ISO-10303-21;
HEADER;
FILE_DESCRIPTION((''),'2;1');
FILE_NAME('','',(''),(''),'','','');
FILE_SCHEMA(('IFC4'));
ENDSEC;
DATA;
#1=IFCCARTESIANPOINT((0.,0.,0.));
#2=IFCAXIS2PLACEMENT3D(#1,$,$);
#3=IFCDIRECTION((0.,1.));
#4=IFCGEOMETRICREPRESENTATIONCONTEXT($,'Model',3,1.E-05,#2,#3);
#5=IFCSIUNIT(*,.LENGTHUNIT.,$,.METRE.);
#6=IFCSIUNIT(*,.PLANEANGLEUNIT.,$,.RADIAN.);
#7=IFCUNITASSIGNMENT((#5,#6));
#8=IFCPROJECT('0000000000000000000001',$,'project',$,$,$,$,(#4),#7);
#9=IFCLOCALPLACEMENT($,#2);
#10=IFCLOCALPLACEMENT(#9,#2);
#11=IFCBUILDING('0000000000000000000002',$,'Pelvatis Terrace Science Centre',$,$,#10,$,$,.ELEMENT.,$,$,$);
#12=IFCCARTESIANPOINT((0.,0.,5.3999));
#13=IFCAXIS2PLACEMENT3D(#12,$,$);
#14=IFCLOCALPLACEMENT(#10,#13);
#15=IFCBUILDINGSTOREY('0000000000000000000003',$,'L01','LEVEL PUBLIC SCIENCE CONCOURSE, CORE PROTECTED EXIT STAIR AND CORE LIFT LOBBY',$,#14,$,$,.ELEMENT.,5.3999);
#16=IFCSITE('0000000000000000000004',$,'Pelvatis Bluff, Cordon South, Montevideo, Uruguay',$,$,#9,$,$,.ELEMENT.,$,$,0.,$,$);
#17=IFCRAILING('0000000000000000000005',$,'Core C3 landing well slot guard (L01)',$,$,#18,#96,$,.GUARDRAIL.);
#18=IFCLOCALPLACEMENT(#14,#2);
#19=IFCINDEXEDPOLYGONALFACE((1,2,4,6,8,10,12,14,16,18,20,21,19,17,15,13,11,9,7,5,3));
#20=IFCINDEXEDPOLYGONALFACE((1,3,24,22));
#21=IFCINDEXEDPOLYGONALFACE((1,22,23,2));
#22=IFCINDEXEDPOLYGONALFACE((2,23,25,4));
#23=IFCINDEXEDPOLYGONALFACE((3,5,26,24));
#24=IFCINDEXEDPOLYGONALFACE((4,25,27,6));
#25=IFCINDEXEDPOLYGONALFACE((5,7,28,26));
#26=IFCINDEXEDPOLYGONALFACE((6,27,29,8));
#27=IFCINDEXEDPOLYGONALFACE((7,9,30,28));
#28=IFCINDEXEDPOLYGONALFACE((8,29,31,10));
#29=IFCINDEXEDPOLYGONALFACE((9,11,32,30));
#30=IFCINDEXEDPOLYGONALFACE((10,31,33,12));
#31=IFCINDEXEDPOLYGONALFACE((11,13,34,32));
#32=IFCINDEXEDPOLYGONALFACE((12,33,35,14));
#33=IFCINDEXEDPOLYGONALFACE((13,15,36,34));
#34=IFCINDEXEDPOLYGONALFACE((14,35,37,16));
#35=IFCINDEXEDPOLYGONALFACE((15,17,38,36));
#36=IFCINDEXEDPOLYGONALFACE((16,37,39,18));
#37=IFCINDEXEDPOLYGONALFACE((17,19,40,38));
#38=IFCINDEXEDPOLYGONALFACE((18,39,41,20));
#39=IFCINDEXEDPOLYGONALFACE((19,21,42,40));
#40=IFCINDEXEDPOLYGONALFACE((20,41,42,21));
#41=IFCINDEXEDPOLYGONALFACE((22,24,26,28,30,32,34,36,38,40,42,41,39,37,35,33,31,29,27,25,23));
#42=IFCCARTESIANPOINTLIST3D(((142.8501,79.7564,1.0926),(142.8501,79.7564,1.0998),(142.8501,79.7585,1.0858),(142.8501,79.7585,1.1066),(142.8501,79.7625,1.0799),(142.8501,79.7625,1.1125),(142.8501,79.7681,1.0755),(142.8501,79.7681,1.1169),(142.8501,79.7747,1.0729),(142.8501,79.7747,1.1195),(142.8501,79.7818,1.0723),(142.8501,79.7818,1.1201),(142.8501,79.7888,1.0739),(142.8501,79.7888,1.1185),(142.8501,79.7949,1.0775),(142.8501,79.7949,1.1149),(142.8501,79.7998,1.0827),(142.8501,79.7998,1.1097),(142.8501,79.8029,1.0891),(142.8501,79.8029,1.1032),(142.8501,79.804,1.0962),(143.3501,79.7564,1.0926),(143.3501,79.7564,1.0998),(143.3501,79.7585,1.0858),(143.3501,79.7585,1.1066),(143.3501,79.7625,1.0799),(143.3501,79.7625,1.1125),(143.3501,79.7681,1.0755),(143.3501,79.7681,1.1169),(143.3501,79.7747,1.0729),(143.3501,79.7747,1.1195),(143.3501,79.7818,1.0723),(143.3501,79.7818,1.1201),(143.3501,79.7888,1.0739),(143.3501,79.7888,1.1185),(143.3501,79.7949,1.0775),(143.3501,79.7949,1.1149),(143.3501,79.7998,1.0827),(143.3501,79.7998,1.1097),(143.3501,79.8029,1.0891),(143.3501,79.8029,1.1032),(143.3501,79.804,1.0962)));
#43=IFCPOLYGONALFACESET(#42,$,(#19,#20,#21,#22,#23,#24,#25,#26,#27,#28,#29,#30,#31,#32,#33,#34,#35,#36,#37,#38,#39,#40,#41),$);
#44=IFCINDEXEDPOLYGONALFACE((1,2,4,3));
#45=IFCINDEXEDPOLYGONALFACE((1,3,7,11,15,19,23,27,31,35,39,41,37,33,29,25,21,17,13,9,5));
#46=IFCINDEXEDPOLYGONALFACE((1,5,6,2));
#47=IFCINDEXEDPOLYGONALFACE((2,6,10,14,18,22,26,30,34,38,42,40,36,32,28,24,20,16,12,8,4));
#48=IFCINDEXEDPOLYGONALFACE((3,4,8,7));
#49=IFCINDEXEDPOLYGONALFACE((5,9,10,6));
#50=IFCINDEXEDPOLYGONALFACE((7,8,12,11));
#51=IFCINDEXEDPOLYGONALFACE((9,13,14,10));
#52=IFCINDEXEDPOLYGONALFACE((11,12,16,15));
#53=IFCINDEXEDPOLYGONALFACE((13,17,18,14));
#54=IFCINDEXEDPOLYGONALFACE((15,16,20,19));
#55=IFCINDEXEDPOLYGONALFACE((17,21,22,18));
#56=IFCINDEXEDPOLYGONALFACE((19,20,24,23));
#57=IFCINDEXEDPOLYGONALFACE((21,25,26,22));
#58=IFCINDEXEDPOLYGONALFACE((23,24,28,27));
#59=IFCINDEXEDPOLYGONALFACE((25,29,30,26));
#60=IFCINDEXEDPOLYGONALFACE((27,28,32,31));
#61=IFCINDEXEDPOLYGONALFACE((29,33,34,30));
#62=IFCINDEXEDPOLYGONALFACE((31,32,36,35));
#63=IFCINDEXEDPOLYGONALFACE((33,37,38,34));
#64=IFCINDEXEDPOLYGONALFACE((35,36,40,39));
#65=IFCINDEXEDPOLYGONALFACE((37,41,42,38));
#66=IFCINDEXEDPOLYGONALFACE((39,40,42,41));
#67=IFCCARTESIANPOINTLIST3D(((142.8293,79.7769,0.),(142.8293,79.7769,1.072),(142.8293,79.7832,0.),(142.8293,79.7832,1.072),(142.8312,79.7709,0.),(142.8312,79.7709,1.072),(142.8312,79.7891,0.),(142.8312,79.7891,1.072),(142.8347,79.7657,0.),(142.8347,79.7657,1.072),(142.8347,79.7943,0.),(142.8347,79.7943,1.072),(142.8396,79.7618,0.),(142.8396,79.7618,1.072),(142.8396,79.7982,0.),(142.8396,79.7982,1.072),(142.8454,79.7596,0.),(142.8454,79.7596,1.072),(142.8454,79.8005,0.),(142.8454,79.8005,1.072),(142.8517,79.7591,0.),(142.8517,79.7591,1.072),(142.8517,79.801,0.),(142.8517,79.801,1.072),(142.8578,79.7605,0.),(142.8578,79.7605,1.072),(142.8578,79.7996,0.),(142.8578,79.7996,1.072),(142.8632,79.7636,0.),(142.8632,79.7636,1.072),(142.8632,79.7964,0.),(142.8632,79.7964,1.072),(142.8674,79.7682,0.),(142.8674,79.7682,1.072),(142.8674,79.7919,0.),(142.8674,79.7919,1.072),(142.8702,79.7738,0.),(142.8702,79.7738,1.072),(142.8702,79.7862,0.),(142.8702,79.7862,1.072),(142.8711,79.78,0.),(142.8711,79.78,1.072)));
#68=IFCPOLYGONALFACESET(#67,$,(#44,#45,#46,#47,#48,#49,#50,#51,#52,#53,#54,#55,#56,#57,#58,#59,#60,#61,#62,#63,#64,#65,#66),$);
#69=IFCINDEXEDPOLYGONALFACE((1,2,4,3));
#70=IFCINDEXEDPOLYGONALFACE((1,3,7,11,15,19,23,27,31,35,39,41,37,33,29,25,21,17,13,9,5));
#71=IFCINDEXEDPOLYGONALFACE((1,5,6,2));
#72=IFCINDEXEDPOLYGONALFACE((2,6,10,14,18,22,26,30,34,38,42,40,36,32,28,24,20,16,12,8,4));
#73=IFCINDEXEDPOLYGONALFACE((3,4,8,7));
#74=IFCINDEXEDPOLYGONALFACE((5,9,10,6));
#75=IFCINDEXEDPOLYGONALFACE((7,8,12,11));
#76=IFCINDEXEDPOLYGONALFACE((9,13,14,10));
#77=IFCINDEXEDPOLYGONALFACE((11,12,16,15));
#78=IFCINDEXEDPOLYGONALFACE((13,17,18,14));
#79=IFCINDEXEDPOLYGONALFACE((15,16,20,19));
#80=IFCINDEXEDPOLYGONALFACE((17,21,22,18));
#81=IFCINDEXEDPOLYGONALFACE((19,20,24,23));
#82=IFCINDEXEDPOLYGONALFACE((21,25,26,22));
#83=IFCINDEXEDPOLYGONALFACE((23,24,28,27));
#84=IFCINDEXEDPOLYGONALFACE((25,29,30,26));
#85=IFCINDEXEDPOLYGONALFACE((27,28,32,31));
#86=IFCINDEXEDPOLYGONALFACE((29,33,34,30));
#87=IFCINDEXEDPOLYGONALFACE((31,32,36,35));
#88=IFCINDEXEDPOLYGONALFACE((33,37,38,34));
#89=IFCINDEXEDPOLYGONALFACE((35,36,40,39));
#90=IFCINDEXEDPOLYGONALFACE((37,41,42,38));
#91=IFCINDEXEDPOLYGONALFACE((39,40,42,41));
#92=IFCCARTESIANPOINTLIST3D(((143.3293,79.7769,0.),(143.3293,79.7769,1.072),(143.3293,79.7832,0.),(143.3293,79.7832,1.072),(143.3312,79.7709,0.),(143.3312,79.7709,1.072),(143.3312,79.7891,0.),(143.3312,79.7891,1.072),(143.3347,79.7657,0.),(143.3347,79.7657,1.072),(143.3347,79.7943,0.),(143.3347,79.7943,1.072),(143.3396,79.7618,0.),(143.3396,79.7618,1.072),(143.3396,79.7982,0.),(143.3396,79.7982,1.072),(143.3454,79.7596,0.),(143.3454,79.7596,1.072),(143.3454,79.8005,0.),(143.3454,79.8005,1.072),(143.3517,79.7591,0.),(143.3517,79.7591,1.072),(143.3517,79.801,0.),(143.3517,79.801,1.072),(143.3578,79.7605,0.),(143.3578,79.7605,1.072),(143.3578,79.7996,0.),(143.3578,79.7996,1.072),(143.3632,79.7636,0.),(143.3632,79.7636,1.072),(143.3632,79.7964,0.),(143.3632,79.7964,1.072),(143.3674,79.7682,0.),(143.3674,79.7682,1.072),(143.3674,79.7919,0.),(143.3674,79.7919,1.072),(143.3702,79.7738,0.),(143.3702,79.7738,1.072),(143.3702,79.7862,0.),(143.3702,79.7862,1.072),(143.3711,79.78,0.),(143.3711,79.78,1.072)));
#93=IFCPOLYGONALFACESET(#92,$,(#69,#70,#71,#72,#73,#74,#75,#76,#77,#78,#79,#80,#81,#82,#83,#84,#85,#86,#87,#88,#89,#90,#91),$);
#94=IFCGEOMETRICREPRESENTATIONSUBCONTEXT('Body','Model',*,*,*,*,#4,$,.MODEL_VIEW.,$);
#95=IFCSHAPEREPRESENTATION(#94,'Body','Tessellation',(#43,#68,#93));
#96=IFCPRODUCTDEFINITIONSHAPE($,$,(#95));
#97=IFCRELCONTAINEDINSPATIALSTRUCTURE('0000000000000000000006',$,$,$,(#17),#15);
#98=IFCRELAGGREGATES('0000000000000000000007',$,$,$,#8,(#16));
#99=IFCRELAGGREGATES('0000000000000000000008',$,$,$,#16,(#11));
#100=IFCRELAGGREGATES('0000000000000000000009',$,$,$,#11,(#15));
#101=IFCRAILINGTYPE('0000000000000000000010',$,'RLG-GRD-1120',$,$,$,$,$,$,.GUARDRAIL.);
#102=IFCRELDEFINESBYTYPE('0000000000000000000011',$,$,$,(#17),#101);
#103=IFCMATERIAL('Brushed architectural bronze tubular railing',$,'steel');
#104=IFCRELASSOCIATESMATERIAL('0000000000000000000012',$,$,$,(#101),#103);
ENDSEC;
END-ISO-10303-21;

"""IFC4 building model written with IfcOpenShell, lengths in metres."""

from ifc_helpers import new_model, si_unit, direction, frame, origin, origin_2d, place, context, subcontext, project, spatial, circle, extrude, material, type_object, element, save


model = new_model("IFC4")

# Units and contexts
model_context = context("Model", 3, precision=1e-05, world=origin(), true_north=direction((0.0, 1.0)))
body_context = subcontext(model_context, "Body", "Model", "MODEL_VIEW")
ifc_project = project(units=[si_unit("LENGTHUNIT", "METRE"), si_unit("PLANEANGLEUNIT", "RADIAN")], contexts=[model_context])

# Site, building, storey
site_placement = place(None, origin())
site = spatial("IfcSite", under=ifc_project, at=site_placement, Name="Pelvatis Bluff, Cordon South, Montevideo, Uruguay", CompositionType="ELEMENT", RefElevation=0.0)
building_placement = place(site_placement, origin())
building = spatial("IfcBuilding", under=site, at=building_placement, Name="Pelvatis Terrace Science Centre", CompositionType="ELEMENT")
storey_placement = place(building_placement, frame((0.0, 0.0, 5.3999)))
storey = spatial("IfcBuildingStorey", under=building, at=storey_placement, Name="L01", Description="LEVEL PUBLIC SCIENCE CONCOURSE, CORE PROTECTED EXIT STAIR AND CORE LIFT LOBBY", CompositionType="ELEMENT", Elevation=5.3999)

# Railing
ifc_material_1 = material(Name="Brushed architectural bronze tubular railing", Category="steel")
railing_type_1 = type_object("IfcRailingType", Name="RLG-GRD-1120", PredefinedType="GUARDRAIL", material=ifc_material_1)
railing_1_placement = place(storey_placement, frame((142.8501, 79.78, 0.0)))
element("IfcRailing", 1, at=railing_1_placement, inside=storey, type_object=railing_type_1, Name="Core C3 landing well slot guard (L01)", PredefinedType="GUARDRAIL", context=body_context, shape_type="SweptSolid", body=[
    extrude(circle(Radius=0.0239, at=origin_2d()), frame((0.0, 0.0, 1.0962), z_axis=(1.0, 0.0, 0.0), x_axis=(0.0, 1.0, 0.0)), (0.0, 0.0, 1.0), 0.5),
    extrude(circle(Radius=0.021, at=origin_2d()), origin(), (0.0, 0.0, 1.0), 1.072),
    extrude(circle(Radius=0.021, at=origin_2d()), frame((0.5, 0.0, 0.0)), (0.0, 0.0, 1.0), 1.072),
])

save(model, "model.ifc")
